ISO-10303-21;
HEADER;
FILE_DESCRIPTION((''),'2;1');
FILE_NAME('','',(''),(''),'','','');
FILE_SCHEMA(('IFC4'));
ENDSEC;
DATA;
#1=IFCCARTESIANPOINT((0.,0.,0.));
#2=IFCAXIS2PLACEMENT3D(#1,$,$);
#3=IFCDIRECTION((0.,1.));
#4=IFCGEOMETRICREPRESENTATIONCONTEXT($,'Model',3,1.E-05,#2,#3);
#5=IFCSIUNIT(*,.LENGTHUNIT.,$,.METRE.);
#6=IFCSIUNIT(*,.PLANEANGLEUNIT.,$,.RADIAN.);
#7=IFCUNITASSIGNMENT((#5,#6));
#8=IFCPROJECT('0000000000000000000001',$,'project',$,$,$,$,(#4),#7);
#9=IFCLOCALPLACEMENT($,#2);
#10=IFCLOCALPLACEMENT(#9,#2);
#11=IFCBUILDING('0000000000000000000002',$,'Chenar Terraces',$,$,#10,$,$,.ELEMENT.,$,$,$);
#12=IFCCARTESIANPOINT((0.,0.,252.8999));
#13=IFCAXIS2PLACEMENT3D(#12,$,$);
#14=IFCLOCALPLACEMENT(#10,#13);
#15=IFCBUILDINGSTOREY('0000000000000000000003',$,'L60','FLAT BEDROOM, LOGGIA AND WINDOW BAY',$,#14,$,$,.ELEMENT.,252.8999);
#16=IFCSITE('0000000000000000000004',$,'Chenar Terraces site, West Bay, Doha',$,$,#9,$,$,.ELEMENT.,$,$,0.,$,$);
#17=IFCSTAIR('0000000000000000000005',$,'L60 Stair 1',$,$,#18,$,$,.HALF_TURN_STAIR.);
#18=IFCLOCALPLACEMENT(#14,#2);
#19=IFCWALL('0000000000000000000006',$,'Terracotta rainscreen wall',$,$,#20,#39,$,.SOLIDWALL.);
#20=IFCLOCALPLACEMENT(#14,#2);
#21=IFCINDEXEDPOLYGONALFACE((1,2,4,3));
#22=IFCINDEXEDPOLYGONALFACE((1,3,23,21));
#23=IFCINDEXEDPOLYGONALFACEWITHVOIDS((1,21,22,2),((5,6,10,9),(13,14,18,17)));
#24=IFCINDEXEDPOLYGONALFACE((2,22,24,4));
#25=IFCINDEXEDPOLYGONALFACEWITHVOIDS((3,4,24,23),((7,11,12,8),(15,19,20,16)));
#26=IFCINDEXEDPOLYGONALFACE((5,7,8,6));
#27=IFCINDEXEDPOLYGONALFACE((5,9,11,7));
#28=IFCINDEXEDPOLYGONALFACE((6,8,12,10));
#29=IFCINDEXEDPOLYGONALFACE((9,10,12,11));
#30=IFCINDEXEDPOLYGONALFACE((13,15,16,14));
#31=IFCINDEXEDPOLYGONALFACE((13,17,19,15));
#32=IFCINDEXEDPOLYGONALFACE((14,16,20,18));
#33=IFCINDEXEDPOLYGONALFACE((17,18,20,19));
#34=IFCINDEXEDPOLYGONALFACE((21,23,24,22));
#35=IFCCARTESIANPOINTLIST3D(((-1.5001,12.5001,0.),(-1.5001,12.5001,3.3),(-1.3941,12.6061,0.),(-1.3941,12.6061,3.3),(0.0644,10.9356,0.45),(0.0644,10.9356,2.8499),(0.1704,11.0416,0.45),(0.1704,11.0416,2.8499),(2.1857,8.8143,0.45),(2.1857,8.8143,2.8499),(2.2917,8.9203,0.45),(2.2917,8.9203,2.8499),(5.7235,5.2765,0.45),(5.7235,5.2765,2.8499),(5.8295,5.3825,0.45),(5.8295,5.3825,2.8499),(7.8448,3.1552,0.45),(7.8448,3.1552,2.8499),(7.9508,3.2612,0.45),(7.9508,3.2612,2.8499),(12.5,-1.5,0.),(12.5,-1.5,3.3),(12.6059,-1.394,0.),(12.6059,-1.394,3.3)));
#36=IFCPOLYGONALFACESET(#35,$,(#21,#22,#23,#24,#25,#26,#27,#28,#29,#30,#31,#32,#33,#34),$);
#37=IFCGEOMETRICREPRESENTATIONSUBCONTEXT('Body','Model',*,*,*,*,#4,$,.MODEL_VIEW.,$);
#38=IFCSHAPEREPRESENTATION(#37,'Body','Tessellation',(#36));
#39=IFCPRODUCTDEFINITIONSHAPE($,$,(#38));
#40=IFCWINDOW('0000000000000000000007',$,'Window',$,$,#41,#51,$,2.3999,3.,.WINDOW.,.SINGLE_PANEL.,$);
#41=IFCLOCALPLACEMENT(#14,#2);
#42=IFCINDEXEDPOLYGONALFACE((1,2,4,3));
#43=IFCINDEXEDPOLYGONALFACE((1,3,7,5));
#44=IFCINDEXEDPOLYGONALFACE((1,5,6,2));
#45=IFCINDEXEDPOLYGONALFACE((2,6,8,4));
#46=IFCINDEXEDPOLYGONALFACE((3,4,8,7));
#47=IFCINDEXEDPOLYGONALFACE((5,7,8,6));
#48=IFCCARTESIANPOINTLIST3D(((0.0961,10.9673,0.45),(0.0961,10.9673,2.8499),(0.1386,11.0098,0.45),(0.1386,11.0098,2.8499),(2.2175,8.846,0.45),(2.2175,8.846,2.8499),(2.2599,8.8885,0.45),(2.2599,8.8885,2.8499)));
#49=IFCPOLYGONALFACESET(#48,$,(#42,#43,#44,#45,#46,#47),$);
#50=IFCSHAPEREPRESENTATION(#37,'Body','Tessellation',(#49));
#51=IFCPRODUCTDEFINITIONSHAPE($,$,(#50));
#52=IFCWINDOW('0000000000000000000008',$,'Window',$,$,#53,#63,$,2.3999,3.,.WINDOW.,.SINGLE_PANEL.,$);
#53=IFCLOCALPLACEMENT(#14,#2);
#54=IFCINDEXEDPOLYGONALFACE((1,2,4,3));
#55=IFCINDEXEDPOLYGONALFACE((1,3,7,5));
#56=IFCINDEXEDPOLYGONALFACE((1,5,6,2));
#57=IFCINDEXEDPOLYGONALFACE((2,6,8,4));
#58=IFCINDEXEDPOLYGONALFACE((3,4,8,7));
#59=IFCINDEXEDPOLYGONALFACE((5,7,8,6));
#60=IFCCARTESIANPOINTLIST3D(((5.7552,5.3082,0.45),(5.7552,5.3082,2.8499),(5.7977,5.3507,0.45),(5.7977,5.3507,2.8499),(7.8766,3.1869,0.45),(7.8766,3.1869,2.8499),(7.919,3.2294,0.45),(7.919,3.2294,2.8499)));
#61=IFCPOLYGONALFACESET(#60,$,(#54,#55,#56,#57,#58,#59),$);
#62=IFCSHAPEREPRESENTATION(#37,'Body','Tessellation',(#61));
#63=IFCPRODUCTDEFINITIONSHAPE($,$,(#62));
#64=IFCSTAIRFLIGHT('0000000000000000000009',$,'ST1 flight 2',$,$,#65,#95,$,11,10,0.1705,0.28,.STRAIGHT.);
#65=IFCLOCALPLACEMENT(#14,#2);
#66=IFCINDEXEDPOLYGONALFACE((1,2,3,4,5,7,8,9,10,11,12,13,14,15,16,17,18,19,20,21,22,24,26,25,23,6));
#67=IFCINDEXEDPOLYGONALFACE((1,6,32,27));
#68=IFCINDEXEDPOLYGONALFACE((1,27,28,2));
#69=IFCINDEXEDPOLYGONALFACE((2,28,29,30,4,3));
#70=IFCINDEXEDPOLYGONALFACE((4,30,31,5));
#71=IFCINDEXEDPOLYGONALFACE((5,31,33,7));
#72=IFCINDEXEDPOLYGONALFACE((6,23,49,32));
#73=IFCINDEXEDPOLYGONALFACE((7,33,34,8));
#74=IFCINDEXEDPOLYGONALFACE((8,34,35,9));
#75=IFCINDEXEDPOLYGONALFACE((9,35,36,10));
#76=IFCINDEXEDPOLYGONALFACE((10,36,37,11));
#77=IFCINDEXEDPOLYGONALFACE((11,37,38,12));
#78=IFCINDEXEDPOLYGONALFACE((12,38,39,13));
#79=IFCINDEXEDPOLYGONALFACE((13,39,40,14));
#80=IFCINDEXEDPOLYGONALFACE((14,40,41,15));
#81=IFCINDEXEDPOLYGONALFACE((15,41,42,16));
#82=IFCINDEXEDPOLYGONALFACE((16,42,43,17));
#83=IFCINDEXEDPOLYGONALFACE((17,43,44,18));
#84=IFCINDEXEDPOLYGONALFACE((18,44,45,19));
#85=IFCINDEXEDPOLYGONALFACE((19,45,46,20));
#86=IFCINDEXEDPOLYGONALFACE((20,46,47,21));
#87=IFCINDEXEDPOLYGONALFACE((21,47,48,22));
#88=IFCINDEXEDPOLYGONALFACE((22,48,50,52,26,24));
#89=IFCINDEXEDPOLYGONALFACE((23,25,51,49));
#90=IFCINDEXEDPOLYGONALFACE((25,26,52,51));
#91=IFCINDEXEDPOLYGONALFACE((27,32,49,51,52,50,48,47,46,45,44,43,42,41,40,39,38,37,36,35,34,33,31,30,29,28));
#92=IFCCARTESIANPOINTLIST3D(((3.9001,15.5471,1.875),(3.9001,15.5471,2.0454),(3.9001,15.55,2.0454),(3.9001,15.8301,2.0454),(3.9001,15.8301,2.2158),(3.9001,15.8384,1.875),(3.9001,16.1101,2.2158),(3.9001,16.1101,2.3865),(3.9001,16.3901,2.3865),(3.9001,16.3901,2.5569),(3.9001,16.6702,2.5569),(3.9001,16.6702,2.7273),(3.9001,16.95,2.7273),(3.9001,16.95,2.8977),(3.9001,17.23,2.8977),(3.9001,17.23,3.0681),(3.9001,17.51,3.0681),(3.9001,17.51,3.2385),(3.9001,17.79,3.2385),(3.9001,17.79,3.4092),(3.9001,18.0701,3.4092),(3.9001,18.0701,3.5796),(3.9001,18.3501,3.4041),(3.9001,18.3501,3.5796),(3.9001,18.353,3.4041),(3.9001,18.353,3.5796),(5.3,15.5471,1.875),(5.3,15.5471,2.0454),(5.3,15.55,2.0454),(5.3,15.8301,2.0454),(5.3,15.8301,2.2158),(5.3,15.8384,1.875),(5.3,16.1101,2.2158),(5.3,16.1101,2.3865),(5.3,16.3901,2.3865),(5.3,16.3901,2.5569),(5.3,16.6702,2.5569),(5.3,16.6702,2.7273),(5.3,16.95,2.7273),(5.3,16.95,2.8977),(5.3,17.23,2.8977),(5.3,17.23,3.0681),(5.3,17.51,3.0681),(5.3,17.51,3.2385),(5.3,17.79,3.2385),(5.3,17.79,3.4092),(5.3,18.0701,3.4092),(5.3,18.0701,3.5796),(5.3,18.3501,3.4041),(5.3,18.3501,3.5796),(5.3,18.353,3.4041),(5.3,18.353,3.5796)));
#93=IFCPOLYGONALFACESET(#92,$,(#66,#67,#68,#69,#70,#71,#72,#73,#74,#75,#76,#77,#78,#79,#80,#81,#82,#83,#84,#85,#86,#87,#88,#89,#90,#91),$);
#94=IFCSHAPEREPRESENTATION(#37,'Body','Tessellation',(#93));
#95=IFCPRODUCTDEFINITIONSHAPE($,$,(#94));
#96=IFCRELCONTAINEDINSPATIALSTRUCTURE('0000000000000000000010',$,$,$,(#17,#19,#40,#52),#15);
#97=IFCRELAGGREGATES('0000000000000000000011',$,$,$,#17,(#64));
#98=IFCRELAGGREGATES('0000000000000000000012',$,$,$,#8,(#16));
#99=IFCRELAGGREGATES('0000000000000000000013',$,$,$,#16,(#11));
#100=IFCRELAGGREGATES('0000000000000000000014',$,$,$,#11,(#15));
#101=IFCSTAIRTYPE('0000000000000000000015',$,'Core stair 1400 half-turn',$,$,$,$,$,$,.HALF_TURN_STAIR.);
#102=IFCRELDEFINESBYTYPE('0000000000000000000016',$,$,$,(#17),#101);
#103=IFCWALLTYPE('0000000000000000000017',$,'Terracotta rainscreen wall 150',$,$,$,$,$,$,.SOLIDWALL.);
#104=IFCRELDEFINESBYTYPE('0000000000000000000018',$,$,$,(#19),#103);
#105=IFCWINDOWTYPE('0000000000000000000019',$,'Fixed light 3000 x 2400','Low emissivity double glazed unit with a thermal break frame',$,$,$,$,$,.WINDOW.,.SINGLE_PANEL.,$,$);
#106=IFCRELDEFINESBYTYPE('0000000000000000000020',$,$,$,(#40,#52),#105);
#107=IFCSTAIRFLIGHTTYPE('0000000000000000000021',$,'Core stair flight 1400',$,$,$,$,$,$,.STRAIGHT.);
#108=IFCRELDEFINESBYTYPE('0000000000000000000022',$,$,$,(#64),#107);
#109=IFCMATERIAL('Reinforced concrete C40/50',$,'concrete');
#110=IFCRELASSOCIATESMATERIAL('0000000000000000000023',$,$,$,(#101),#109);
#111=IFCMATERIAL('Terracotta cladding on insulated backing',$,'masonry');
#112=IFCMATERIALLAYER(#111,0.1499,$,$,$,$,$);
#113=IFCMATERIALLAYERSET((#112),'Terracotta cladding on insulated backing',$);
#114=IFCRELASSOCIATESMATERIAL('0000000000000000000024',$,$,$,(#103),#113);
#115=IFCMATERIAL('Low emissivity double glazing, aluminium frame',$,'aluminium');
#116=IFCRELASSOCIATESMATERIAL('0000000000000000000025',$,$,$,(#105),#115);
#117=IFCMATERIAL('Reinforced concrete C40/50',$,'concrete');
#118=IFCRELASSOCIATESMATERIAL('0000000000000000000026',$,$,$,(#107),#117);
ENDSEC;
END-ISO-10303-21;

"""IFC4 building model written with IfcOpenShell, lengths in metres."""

from ifc_helpers import new_model, si_unit, direction, frame, frame_2d, origin, place, context, subcontext, project, spatial, polyline, rectangle, outline, extrude, material, layer, layer_set, type_object, element, fill, aggregate, save


model = new_model("IFC4")

# Units and contexts
model_context = context("Model", 3, precision=1e-05, world=origin(), true_north=direction((0.0, 1.0)))
body_context = subcontext(model_context, "Body", "Model", "MODEL_VIEW")
ifc_project = project(units=[si_unit("LENGTHUNIT", "METRE"), si_unit("PLANEANGLEUNIT", "RADIAN")], contexts=[model_context])

# Site, building, storey
site_placement = place(None, origin())
site = spatial("IfcSite", under=ifc_project, at=site_placement, Name="Chenar Terraces site, West Bay, Doha", CompositionType="ELEMENT", RefElevation=0.0)
building_placement = place(site_placement, origin())
building = spatial("IfcBuilding", under=site, at=building_placement, Name="Chenar Terraces", CompositionType="ELEMENT")
storey_placement = place(building_placement, frame((0.0, 0.0, 252.8999)))
storey = spatial("IfcBuildingStorey", under=building, at=storey_placement, Name="L60", Description="FLAT BEDROOM, LOGGIA AND WINDOW BAY", CompositionType="ELEMENT", Elevation=252.8999)

# Stair
ifc_material_1 = material(Name="Reinforced concrete C40/50", Category="concrete")
stair_type = type_object("IfcStairType", Name="Core stair 1400 half-turn", PredefinedType="HALF_TURN_STAIR", material=ifc_material_1)
placement_1 = place(storey_placement, origin())
stair_1 = element("IfcStair", 1, at=placement_1, inside=storey, type_object=stair_type, Name="L60 Stair 1", PredefinedType="HALF_TURN_STAIR")

# Wall, openings, windows
ifc_material_2 = material(Name="Terracotta cladding on insulated backing", Category="masonry")
ifc_layer_1 = layer(ifc_material_2, 0.1499)
ifc_layer_set_1 = layer_set([ifc_layer_1], Name="Terracotta cladding on insulated backing")
wall_type_1 = type_object("IfcWallType", Name="Terracotta rainscreen wall 150", PredefinedType="SOLIDWALL", material=ifc_layer_set_1)
wall_1_placement = place(storey_placement, frame((-1.447, 12.553, 0.0), z_axis=(0.0, 0.0, 1.0), x_axis=(0.707107, -0.707107, 0.0)))
wall_1 = element("IfcWall", 2, at=wall_1_placement, inside=storey, type_object=wall_type_1, Name="Terracotta rainscreen wall", PredefinedType="SOLIDWALL", context=body_context, shape_type="SweptSolid", body=[
    extrude(rectangle(XDim=19.7991, YDim=0.1499, at=frame_2d((9.8994, 0.0))), origin(), (0.0, 0.0, 1.0), 3.3),
])
opening_1_placement = place(wall_1_placement, frame((2.2124, 0.0, 0.45)))
opening_1 = element("IfcOpeningElement", 3, at=opening_1_placement, cuts=wall_1, PredefinedType="OPENING", context=body_context, shape_type="SweptSolid", body=[
    extrude(rectangle(XDim=3.0, YDim=2.3999, at=frame_2d((1.5, 1.2))), frame((0.0, 0.085, 0.0), z_axis=(0.0, -1.0, 0.0), x_axis=(1.0, 0.0, 0.0)), (0.0, 0.0, 1.0), 0.1699),
])
opening_2_placement = place(wall_1_placement, frame((10.2156, 0.0, 0.45)))
opening_2 = element("IfcOpeningElement", 4, at=opening_2_placement, cuts=wall_1, PredefinedType="OPENING", context=body_context, shape_type="SweptSolid", body=[
    extrude(rectangle(XDim=3.0, YDim=2.3999, at=frame_2d((1.5, 1.2))), frame((0.0, 0.085, 0.0), z_axis=(0.0, -1.0, 0.0), x_axis=(1.0, 0.0, 0.0)), (0.0, 0.0, 1.0), 0.1699),
])
ifc_material_3 = material(Name="Low emissivity double glazing, aluminium frame", Category="aluminium")
window_type = type_object("IfcWindowType", Name="Fixed light 3000 x 2400", Description="Low emissivity double glazed unit with a thermal break frame", PartitioningType="SINGLE_PANEL", PredefinedType="WINDOW", material=ifc_material_3)
window_1_placement = place(opening_1_placement, origin())
window_1 = element("IfcWindow", 5, at=window_1_placement, inside=storey, type_object=window_type, Name="Window", OverallHeight=2.3999, OverallWidth=3.0, PartitioningType="SINGLE_PANEL", PredefinedType="WINDOW", context=body_context, shape_type="SweptSolid", body=[
    extrude(rectangle(XDim=3.0, YDim=2.3999, at=frame_2d((1.5, 1.2))), frame((0.0, 0.03, 0.0), z_axis=(0.0, -1.0, 0.0), x_axis=(1.0, 0.0, 0.0)), (0.0, 0.0, 1.0), 0.0601),
])
fill(opening_1, window_1)
window_2_placement = place(opening_2_placement, origin())
window_2 = element("IfcWindow", 6, at=window_2_placement, inside=storey, type_object=window_type, Name="Window", OverallHeight=2.3999, OverallWidth=3.0, PartitioningType="SINGLE_PANEL", PredefinedType="WINDOW", context=body_context, shape_type="SweptSolid", body=[
    extrude(rectangle(XDim=3.0, YDim=2.3999, at=frame_2d((1.5, 1.2))), frame((0.0, 0.03, 0.0), z_axis=(0.0, -1.0, 0.0), x_axis=(1.0, 0.0, 0.0)), (0.0, 0.0, 1.0), 0.0601),
])
fill(opening_2, window_2)

# Stair flight
ifc_material_4 = material(Name="Reinforced concrete C40/50", Category="concrete")
stair_flight_type = type_object("IfcStairFlightType", Name="Core stair flight 1400", PredefinedType="STRAIGHT", material=ifc_material_4)
stair_flight_placement = place(storey_placement, frame((4.6001, 15.55, 1.875), z_axis=(0.0, 0.0, 1.0), x_axis=(0.0, 1.0, 0.0)))
stair_flight = element("IfcStairFlight", 7, at=stair_flight_placement, type_object=stair_flight_type, Name="ST1 flight 2", NumberOfRisers=11, NumberOfTreads=10, PredefinedType="STRAIGHT", RiserHeight=0.1705, TreadLength=0.28, context=body_context, shape_type="SweptSolid", body=[
    extrude(outline(polyline([(-0.0029, 0.0), (-0.0029, 0.1704), (0.0, 0.1704), (0.28, 0.1704), (0.28, 0.3408), (0.5601, 0.3408), (0.5601, 0.5115), (0.8401, 0.5115), (0.8401, 0.6819), (1.1201, 0.6819), (1.1201, 0.8523), (1.3999, 0.8523), (1.3999, 1.0227), (1.6799, 1.0227), (1.6799, 1.1931), (1.96, 1.1931), (1.96, 1.3635), (2.24, 1.3635), (2.24, 1.5342), (2.52, 1.5342), (2.52, 1.7046), (2.8, 1.7046), (2.803, 1.7046), (2.803, 1.5291), (2.8, 1.5291), (0.2883, 0.0), (-0.0029, 0.0)])), frame((0.0, 0.7, 0.0), z_axis=(0.0, -1.0, 0.0), x_axis=(1.0, 0.0, 0.0)), (0.0, 0.0, 1.0), 1.3999),
])
aggregate(stair_1, [stair_flight])

save(model, "model.ifc")
